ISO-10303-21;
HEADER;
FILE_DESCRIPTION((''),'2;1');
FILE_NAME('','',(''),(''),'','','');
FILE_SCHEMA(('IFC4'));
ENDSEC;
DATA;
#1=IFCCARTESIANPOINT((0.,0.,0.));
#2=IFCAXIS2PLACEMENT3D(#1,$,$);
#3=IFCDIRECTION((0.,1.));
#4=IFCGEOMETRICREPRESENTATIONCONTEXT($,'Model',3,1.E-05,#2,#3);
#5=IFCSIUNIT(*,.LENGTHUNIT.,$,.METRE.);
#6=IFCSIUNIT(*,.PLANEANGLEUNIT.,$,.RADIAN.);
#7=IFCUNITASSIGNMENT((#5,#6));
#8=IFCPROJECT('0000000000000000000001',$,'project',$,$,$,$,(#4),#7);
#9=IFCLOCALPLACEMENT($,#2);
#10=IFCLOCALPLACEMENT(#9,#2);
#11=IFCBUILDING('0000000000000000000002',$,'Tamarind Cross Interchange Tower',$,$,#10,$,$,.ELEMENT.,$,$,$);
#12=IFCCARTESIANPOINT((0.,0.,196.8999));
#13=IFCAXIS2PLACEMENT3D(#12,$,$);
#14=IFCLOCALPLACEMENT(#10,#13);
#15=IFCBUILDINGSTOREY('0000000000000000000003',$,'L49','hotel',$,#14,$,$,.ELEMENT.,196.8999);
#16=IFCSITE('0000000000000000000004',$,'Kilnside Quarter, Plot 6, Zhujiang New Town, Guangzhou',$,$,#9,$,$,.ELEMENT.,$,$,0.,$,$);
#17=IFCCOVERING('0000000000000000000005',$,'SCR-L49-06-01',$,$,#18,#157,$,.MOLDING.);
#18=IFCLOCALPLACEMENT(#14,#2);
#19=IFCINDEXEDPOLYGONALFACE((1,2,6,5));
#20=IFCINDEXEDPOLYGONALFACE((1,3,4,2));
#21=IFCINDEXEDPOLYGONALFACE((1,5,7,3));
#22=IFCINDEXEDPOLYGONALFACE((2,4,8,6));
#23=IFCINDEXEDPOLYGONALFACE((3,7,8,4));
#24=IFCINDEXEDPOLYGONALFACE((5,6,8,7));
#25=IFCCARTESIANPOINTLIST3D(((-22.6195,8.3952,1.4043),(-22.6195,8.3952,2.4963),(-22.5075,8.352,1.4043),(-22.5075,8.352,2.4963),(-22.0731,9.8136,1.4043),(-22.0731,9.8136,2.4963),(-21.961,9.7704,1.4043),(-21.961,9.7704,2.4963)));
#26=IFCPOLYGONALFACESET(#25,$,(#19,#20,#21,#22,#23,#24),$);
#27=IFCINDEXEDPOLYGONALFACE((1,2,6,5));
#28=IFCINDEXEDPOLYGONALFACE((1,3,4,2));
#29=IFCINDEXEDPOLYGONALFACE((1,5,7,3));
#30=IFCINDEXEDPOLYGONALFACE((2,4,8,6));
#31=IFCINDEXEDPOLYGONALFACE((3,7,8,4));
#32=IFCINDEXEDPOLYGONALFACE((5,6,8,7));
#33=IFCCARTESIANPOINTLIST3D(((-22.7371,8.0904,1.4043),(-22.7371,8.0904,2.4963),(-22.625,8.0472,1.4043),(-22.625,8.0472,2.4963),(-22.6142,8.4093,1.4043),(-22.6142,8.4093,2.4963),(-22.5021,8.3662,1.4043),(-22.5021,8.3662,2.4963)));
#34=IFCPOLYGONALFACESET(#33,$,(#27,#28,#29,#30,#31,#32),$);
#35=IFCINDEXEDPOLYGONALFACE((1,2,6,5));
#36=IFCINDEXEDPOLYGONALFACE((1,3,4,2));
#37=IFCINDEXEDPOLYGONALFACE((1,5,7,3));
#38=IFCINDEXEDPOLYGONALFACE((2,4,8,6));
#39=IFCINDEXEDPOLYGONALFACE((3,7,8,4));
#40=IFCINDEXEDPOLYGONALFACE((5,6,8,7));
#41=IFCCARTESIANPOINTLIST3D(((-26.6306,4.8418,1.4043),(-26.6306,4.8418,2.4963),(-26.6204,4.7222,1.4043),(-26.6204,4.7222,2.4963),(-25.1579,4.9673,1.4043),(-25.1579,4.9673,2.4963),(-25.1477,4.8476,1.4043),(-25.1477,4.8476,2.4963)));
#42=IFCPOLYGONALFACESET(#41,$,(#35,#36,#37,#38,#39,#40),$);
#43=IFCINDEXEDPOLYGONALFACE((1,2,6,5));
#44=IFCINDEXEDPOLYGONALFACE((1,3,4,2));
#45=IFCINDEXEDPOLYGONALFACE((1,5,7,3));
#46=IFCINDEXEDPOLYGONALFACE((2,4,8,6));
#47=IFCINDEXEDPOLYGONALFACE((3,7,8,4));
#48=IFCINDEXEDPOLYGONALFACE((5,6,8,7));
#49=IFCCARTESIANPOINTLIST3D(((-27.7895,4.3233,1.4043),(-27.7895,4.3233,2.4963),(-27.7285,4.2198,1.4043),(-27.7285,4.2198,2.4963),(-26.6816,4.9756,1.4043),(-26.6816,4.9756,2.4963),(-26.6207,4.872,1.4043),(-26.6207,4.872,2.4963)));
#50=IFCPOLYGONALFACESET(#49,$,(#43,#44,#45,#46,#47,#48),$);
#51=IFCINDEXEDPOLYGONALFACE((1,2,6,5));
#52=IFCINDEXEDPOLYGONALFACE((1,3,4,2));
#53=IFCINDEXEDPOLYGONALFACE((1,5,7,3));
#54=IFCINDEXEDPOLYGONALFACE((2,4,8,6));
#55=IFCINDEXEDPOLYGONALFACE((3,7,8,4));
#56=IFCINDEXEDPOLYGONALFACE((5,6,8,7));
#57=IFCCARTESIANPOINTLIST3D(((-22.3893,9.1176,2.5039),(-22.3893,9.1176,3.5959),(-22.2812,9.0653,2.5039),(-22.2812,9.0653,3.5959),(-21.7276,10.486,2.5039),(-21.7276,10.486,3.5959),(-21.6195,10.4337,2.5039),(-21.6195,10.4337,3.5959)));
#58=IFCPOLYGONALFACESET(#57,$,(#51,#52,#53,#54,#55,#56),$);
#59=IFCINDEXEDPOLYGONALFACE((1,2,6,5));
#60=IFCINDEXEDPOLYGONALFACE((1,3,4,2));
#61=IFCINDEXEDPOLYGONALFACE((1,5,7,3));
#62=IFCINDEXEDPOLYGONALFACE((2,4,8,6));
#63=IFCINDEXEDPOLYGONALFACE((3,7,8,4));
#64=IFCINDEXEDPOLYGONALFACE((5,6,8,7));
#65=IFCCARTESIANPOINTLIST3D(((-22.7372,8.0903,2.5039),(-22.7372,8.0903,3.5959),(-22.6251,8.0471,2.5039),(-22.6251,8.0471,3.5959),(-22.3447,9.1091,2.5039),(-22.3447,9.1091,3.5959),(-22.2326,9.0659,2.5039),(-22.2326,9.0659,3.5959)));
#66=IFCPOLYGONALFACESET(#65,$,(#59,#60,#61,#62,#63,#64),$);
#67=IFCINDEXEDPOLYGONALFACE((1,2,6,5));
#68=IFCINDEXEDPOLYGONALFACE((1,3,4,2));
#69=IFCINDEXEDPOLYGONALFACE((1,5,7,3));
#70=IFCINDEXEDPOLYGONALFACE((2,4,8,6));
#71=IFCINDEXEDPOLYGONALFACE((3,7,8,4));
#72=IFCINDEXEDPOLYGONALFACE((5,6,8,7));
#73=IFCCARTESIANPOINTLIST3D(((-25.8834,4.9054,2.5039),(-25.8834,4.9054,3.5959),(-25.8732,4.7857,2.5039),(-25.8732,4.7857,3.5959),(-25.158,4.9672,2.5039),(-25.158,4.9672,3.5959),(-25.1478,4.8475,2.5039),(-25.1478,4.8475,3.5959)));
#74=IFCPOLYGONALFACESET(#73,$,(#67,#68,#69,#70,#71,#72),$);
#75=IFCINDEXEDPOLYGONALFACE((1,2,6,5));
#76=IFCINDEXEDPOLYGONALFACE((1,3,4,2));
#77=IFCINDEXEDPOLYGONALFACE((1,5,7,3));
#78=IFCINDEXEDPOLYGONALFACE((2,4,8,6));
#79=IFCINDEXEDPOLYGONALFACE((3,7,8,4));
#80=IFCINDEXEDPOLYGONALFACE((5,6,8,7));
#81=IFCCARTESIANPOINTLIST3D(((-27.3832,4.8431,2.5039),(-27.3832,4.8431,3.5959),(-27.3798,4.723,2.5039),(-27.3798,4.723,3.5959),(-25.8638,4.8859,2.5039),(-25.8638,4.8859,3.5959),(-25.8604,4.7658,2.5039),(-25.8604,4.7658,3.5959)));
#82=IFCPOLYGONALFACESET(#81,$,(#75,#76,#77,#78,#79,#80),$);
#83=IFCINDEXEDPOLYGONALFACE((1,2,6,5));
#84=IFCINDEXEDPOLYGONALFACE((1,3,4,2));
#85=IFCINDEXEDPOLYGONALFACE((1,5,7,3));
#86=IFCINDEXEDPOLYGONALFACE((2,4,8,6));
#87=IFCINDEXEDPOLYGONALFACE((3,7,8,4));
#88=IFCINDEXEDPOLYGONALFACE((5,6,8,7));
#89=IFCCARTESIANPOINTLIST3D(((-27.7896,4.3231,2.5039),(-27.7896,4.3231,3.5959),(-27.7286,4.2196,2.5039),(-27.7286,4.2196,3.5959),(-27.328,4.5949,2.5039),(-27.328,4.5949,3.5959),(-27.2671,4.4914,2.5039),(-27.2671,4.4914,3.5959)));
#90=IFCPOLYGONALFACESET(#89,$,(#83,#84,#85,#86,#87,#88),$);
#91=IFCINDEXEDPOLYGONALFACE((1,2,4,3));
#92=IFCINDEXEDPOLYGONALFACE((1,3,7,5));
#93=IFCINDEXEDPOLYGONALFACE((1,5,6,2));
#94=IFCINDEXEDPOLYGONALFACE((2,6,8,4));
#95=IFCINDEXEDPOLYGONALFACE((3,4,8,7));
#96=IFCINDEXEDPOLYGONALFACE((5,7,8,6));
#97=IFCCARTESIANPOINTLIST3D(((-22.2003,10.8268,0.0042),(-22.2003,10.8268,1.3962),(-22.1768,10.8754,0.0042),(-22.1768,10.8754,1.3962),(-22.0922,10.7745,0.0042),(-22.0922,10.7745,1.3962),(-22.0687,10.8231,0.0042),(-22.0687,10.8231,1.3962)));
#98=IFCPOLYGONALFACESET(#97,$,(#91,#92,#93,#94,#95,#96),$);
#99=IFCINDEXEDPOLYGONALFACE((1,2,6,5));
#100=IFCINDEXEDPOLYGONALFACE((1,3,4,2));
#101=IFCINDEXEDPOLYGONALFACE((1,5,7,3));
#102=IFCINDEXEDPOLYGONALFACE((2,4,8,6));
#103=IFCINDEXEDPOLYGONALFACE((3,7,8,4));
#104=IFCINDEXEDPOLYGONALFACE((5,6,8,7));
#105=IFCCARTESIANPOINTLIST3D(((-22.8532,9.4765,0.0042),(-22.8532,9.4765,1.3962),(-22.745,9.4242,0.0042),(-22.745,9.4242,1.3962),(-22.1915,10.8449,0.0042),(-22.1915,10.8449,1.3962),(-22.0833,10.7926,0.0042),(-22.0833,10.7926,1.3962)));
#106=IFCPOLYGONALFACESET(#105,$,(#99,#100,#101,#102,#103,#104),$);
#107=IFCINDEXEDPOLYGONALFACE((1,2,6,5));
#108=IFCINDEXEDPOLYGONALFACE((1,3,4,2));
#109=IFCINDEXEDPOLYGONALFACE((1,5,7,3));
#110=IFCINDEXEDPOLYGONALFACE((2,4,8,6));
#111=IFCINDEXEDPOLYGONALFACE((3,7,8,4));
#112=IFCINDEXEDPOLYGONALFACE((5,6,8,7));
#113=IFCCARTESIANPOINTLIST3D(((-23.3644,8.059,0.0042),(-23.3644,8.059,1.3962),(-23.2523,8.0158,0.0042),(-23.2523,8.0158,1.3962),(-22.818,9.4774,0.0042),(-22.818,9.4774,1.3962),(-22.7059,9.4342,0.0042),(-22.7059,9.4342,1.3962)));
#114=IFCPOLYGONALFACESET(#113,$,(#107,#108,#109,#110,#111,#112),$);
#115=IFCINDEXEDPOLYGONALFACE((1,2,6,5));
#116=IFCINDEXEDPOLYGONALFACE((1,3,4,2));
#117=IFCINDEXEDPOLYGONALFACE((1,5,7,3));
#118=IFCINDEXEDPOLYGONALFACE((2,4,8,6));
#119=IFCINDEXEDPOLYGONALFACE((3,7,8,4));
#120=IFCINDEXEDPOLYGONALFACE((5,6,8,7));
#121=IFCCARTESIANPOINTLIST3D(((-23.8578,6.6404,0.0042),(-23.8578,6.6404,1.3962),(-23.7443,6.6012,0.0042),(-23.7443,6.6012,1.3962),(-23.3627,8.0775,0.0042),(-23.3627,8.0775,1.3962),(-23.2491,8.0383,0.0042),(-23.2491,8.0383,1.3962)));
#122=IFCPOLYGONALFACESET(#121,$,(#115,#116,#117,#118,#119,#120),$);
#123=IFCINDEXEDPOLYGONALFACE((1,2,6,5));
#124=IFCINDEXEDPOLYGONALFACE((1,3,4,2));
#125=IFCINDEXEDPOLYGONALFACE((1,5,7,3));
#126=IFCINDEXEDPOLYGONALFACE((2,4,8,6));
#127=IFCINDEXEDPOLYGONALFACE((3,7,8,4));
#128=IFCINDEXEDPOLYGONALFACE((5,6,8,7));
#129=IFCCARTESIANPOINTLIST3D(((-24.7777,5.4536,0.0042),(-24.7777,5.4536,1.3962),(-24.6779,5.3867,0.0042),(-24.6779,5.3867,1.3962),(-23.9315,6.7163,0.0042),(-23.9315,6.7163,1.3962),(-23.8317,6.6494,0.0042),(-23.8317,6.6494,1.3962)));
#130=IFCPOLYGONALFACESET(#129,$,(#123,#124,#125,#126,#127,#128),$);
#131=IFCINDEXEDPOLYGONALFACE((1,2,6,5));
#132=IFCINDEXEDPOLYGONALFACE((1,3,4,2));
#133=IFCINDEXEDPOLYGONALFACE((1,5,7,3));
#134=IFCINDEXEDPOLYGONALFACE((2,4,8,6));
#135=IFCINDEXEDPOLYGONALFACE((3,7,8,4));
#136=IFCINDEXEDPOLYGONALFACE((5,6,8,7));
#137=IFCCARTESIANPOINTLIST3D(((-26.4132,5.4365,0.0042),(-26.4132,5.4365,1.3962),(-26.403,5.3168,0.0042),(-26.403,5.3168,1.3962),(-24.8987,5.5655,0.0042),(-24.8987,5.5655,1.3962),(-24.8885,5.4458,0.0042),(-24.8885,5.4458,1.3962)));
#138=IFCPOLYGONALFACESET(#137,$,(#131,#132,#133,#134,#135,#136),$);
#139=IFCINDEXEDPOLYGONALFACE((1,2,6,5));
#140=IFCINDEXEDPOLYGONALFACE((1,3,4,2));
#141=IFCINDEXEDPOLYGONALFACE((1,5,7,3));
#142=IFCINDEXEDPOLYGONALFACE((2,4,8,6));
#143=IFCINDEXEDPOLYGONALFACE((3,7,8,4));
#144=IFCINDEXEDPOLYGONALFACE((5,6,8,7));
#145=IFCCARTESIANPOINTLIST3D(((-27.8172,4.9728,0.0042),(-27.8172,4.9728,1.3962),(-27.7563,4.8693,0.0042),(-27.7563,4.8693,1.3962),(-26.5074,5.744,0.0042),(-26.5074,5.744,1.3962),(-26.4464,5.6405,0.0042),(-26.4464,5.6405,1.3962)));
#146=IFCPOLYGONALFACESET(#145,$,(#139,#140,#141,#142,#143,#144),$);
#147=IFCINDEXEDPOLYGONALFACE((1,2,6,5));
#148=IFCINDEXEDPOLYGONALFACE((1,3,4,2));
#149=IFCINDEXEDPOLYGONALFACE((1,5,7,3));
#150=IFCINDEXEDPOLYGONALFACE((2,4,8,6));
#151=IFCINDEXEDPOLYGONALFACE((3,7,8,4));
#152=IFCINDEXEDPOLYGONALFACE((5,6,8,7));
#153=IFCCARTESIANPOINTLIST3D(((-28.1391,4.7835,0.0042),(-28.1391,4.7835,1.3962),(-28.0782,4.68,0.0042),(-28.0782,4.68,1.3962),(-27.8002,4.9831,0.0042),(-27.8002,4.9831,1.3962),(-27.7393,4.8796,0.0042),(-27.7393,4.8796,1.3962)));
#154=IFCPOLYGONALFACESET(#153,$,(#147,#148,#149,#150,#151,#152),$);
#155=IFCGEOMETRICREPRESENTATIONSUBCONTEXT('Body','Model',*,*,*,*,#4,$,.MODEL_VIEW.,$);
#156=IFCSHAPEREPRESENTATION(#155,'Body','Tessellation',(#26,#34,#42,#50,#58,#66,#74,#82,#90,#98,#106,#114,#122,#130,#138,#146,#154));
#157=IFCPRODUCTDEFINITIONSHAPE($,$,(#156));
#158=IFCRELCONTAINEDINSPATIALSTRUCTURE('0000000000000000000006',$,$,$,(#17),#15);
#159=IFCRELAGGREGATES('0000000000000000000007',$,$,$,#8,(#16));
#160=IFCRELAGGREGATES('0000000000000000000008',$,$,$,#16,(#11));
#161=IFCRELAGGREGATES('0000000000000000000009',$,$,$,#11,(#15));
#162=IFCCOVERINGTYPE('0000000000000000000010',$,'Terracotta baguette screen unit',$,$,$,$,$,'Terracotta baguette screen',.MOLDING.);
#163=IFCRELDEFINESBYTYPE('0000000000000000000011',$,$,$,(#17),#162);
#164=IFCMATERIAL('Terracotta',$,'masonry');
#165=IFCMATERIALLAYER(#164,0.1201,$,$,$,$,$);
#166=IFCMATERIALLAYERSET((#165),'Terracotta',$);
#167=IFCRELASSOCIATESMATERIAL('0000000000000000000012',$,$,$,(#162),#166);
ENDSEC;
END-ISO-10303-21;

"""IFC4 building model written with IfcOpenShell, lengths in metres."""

from ifc_helpers import new_model, si_unit, direction, frame, origin, origin_2d, place, context, subcontext, project, spatial, rectangle, extrude, material, layer, layer_set, type_object, element, save


model = new_model("IFC4")

# Units and contexts
model_context = context("Model", 3, precision=1e-05, world=origin(), true_north=direction((0.0, 1.0)))
body_context = subcontext(model_context, "Body", "Model", "MODEL_VIEW")
ifc_project = project(units=[si_unit("LENGTHUNIT", "METRE"), si_unit("PLANEANGLEUNIT", "RADIAN")], contexts=[model_context])

# Site, building, storey
site_placement = place(None, origin())
site = spatial("IfcSite", under=ifc_project, at=site_placement, Name="Kilnside Quarter, Plot 6, Zhujiang New Town, Guangzhou", CompositionType="ELEMENT", RefElevation=0.0)
building_placement = place(site_placement, origin())
building = spatial("IfcBuilding", under=site, at=building_placement, Name="Tamarind Cross Interchange Tower", CompositionType="ELEMENT")
storey_placement = place(building_placement, frame((0.0, 0.0, 196.8999)))
storey = spatial("IfcBuildingStorey", under=building, at=storey_placement, Name="L49", Description="hotel", CompositionType="ELEMENT", Elevation=196.8999)

# Covering
ifc_material_1 = material(Name="Terracotta", Category="masonry")
ifc_layer_1 = layer(ifc_material_1, 0.1201)
ifc_layer_set_1 = layer_set([ifc_layer_1], Name="Terracotta")
covering_type = type_object("IfcCoveringType", Name="Terracotta baguette screen unit", ElementType="Terracotta baguette screen", PredefinedType="MOLDING", material=ifc_layer_set_1)
covering_1_placement = place(storey_placement, origin())
element("IfcCovering", 1, at=covering_1_placement, inside=storey, type_object=covering_type, Name="SCR-L49-06-01", PredefinedType="MOLDING", context=body_context, shape_type="SweptSolid", body=[
    extrude(rectangle(XDim=1.52, YDim=0.1201, at=origin_2d()), frame((-22.2903, 9.0828, 1.4043), z_axis=(0.0, 0.0, 1.0), x_axis=(-0.359495, -0.933147, 0.0)), (0.0, 0.0, 1.0), 1.092),
    extrude(rectangle(XDim=0.3418, YDim=0.1201, at=origin_2d()), frame((-22.6196, 8.2283, 1.4043), z_axis=(0.0, 0.0, 1.0), x_axis=(-0.359495, -0.933147, 0.0)), (0.0, 0.0, 1.0), 1.092),
    extrude(rectangle(XDim=1.478, YDim=0.1201, at=origin_2d()), frame((-25.8892, 4.8447, 1.4043), z_axis=(0.0, 0.0, 1.0), x_axis=(-0.996391, -0.084883, 0.0)), (0.0, 0.0, 1.0), 1.092),
    extrude(rectangle(XDim=1.2856, YDim=0.1201, at=origin_2d()), frame((-27.2051, 4.5977, 1.4043), z_axis=(0.0, 0.0, 1.0), x_axis=(-0.861729, -0.507368, 0.0)), (0.0, 0.0, 1.0), 1.092),
    extrude(rectangle(XDim=1.52, YDim=0.1201, at=origin_2d()), frame((-22.0044, 9.7756, 2.5039), z_axis=(0.0, 0.0, 1.0), x_axis=(-0.435326, -0.900273, 0.0)), (0.0, 0.0, 1.0), 1.092),
    extrude(rectangle(XDim=1.0918, YDim=0.1201, at=origin_2d()), frame((-22.4849, 8.5781, 2.5039), z_axis=(0.0, 0.0, 1.0), x_axis=(-0.359495, -0.933147, 0.0)), (0.0, 0.0, 1.0), 1.092),
    extrude(rectangle(XDim=0.728, YDim=0.1201, at=origin_2d()), frame((-25.5156, 4.8765, 2.5039), z_axis=(0.0, 0.0, 1.0), x_axis=(-0.996391, -0.084883, 0.0)), (0.0, 0.0, 1.0), 1.092),
    extrude(rectangle(XDim=1.52, YDim=0.1201, at=origin_2d()), frame((-26.6218, 4.8044, 2.5039), z_axis=(0.0, 0.0, 1.0), x_axis=(-0.999604, -0.028152, 0.0)), (0.0, 0.0, 1.0), 1.092),
    extrude(rectangle(XDim=0.5356, YDim=0.1201, at=origin_2d()), frame((-27.5283, 4.4072, 2.5039), z_axis=(0.0, 0.0, 1.0), x_axis=(-0.861729, -0.507368, 0.0)), (0.0, 0.0, 1.0), 1.092),
    extrude(rectangle(XDim=0.054, YDim=0.1201, at=origin_2d()), frame((-22.1345, 10.825, 0.0042), z_axis=(0.0, 0.0, 1.0), x_axis=(-0.435326, -0.900273, 0.0)), (0.0, 0.0, 1.0), 1.3921),
    extrude(rectangle(XDim=1.52, YDim=0.1201, at=origin_2d()), frame((-22.4683, 10.1345, 0.0042), z_axis=(0.0, 0.0, 1.0), x_axis=(-0.435326, -0.900273, 0.0)), (0.0, 0.0, 1.0), 1.3921),
    extrude(rectangle(XDim=1.52, YDim=0.1201, at=origin_2d()), frame((-23.0352, 8.7466, 0.0042), z_axis=(0.0, 0.0, 1.0), x_axis=(-0.359495, -0.933147, 0.0)), (0.0, 0.0, 1.0), 1.3921),
    extrude(rectangle(XDim=1.52, YDim=0.1201, at=origin_2d()), frame((-23.5535, 7.3394, 0.0042), z_axis=(0.0, 0.0, 1.0), x_axis=(-0.325777, -0.945447, 0.0)), (0.0, 0.0, 1.0), 1.3921),
    extrude(rectangle(XDim=1.52, YDim=0.1201, at=origin_2d()), frame((-24.3047, 6.0515, 0.0042), z_axis=(0.0, 0.0, 1.0), x_axis=(-0.556702, -0.830712, 0.0)), (0.0, 0.0, 1.0), 1.3921),
    extrude(rectangle(XDim=1.52, YDim=0.1201, at=origin_2d()), frame((-25.6509, 5.4412, 0.0042), z_axis=(0.0, 0.0, 1.0), x_axis=(-0.996391, -0.084883, 0.0)), (0.0, 0.0, 1.0), 1.3921),
    extrude(rectangle(XDim=1.52, YDim=0.1201, at=origin_2d()), frame((-27.1318, 5.3066, 0.0042), z_axis=(0.0, 0.0, 1.0), x_axis=(-0.861729, -0.507368, 0.0)), (0.0, 0.0, 1.0), 1.3921),
    extrude(rectangle(XDim=0.3933, YDim=0.1201, at=origin_2d()), frame((-27.9392, 4.8315, 0.0042), z_axis=(0.0, 0.0, 1.0), x_axis=(-0.861729, -0.507368, 0.0)), (0.0, 0.0, 1.0), 1.3921),
])

save(model, "model.ifc")
